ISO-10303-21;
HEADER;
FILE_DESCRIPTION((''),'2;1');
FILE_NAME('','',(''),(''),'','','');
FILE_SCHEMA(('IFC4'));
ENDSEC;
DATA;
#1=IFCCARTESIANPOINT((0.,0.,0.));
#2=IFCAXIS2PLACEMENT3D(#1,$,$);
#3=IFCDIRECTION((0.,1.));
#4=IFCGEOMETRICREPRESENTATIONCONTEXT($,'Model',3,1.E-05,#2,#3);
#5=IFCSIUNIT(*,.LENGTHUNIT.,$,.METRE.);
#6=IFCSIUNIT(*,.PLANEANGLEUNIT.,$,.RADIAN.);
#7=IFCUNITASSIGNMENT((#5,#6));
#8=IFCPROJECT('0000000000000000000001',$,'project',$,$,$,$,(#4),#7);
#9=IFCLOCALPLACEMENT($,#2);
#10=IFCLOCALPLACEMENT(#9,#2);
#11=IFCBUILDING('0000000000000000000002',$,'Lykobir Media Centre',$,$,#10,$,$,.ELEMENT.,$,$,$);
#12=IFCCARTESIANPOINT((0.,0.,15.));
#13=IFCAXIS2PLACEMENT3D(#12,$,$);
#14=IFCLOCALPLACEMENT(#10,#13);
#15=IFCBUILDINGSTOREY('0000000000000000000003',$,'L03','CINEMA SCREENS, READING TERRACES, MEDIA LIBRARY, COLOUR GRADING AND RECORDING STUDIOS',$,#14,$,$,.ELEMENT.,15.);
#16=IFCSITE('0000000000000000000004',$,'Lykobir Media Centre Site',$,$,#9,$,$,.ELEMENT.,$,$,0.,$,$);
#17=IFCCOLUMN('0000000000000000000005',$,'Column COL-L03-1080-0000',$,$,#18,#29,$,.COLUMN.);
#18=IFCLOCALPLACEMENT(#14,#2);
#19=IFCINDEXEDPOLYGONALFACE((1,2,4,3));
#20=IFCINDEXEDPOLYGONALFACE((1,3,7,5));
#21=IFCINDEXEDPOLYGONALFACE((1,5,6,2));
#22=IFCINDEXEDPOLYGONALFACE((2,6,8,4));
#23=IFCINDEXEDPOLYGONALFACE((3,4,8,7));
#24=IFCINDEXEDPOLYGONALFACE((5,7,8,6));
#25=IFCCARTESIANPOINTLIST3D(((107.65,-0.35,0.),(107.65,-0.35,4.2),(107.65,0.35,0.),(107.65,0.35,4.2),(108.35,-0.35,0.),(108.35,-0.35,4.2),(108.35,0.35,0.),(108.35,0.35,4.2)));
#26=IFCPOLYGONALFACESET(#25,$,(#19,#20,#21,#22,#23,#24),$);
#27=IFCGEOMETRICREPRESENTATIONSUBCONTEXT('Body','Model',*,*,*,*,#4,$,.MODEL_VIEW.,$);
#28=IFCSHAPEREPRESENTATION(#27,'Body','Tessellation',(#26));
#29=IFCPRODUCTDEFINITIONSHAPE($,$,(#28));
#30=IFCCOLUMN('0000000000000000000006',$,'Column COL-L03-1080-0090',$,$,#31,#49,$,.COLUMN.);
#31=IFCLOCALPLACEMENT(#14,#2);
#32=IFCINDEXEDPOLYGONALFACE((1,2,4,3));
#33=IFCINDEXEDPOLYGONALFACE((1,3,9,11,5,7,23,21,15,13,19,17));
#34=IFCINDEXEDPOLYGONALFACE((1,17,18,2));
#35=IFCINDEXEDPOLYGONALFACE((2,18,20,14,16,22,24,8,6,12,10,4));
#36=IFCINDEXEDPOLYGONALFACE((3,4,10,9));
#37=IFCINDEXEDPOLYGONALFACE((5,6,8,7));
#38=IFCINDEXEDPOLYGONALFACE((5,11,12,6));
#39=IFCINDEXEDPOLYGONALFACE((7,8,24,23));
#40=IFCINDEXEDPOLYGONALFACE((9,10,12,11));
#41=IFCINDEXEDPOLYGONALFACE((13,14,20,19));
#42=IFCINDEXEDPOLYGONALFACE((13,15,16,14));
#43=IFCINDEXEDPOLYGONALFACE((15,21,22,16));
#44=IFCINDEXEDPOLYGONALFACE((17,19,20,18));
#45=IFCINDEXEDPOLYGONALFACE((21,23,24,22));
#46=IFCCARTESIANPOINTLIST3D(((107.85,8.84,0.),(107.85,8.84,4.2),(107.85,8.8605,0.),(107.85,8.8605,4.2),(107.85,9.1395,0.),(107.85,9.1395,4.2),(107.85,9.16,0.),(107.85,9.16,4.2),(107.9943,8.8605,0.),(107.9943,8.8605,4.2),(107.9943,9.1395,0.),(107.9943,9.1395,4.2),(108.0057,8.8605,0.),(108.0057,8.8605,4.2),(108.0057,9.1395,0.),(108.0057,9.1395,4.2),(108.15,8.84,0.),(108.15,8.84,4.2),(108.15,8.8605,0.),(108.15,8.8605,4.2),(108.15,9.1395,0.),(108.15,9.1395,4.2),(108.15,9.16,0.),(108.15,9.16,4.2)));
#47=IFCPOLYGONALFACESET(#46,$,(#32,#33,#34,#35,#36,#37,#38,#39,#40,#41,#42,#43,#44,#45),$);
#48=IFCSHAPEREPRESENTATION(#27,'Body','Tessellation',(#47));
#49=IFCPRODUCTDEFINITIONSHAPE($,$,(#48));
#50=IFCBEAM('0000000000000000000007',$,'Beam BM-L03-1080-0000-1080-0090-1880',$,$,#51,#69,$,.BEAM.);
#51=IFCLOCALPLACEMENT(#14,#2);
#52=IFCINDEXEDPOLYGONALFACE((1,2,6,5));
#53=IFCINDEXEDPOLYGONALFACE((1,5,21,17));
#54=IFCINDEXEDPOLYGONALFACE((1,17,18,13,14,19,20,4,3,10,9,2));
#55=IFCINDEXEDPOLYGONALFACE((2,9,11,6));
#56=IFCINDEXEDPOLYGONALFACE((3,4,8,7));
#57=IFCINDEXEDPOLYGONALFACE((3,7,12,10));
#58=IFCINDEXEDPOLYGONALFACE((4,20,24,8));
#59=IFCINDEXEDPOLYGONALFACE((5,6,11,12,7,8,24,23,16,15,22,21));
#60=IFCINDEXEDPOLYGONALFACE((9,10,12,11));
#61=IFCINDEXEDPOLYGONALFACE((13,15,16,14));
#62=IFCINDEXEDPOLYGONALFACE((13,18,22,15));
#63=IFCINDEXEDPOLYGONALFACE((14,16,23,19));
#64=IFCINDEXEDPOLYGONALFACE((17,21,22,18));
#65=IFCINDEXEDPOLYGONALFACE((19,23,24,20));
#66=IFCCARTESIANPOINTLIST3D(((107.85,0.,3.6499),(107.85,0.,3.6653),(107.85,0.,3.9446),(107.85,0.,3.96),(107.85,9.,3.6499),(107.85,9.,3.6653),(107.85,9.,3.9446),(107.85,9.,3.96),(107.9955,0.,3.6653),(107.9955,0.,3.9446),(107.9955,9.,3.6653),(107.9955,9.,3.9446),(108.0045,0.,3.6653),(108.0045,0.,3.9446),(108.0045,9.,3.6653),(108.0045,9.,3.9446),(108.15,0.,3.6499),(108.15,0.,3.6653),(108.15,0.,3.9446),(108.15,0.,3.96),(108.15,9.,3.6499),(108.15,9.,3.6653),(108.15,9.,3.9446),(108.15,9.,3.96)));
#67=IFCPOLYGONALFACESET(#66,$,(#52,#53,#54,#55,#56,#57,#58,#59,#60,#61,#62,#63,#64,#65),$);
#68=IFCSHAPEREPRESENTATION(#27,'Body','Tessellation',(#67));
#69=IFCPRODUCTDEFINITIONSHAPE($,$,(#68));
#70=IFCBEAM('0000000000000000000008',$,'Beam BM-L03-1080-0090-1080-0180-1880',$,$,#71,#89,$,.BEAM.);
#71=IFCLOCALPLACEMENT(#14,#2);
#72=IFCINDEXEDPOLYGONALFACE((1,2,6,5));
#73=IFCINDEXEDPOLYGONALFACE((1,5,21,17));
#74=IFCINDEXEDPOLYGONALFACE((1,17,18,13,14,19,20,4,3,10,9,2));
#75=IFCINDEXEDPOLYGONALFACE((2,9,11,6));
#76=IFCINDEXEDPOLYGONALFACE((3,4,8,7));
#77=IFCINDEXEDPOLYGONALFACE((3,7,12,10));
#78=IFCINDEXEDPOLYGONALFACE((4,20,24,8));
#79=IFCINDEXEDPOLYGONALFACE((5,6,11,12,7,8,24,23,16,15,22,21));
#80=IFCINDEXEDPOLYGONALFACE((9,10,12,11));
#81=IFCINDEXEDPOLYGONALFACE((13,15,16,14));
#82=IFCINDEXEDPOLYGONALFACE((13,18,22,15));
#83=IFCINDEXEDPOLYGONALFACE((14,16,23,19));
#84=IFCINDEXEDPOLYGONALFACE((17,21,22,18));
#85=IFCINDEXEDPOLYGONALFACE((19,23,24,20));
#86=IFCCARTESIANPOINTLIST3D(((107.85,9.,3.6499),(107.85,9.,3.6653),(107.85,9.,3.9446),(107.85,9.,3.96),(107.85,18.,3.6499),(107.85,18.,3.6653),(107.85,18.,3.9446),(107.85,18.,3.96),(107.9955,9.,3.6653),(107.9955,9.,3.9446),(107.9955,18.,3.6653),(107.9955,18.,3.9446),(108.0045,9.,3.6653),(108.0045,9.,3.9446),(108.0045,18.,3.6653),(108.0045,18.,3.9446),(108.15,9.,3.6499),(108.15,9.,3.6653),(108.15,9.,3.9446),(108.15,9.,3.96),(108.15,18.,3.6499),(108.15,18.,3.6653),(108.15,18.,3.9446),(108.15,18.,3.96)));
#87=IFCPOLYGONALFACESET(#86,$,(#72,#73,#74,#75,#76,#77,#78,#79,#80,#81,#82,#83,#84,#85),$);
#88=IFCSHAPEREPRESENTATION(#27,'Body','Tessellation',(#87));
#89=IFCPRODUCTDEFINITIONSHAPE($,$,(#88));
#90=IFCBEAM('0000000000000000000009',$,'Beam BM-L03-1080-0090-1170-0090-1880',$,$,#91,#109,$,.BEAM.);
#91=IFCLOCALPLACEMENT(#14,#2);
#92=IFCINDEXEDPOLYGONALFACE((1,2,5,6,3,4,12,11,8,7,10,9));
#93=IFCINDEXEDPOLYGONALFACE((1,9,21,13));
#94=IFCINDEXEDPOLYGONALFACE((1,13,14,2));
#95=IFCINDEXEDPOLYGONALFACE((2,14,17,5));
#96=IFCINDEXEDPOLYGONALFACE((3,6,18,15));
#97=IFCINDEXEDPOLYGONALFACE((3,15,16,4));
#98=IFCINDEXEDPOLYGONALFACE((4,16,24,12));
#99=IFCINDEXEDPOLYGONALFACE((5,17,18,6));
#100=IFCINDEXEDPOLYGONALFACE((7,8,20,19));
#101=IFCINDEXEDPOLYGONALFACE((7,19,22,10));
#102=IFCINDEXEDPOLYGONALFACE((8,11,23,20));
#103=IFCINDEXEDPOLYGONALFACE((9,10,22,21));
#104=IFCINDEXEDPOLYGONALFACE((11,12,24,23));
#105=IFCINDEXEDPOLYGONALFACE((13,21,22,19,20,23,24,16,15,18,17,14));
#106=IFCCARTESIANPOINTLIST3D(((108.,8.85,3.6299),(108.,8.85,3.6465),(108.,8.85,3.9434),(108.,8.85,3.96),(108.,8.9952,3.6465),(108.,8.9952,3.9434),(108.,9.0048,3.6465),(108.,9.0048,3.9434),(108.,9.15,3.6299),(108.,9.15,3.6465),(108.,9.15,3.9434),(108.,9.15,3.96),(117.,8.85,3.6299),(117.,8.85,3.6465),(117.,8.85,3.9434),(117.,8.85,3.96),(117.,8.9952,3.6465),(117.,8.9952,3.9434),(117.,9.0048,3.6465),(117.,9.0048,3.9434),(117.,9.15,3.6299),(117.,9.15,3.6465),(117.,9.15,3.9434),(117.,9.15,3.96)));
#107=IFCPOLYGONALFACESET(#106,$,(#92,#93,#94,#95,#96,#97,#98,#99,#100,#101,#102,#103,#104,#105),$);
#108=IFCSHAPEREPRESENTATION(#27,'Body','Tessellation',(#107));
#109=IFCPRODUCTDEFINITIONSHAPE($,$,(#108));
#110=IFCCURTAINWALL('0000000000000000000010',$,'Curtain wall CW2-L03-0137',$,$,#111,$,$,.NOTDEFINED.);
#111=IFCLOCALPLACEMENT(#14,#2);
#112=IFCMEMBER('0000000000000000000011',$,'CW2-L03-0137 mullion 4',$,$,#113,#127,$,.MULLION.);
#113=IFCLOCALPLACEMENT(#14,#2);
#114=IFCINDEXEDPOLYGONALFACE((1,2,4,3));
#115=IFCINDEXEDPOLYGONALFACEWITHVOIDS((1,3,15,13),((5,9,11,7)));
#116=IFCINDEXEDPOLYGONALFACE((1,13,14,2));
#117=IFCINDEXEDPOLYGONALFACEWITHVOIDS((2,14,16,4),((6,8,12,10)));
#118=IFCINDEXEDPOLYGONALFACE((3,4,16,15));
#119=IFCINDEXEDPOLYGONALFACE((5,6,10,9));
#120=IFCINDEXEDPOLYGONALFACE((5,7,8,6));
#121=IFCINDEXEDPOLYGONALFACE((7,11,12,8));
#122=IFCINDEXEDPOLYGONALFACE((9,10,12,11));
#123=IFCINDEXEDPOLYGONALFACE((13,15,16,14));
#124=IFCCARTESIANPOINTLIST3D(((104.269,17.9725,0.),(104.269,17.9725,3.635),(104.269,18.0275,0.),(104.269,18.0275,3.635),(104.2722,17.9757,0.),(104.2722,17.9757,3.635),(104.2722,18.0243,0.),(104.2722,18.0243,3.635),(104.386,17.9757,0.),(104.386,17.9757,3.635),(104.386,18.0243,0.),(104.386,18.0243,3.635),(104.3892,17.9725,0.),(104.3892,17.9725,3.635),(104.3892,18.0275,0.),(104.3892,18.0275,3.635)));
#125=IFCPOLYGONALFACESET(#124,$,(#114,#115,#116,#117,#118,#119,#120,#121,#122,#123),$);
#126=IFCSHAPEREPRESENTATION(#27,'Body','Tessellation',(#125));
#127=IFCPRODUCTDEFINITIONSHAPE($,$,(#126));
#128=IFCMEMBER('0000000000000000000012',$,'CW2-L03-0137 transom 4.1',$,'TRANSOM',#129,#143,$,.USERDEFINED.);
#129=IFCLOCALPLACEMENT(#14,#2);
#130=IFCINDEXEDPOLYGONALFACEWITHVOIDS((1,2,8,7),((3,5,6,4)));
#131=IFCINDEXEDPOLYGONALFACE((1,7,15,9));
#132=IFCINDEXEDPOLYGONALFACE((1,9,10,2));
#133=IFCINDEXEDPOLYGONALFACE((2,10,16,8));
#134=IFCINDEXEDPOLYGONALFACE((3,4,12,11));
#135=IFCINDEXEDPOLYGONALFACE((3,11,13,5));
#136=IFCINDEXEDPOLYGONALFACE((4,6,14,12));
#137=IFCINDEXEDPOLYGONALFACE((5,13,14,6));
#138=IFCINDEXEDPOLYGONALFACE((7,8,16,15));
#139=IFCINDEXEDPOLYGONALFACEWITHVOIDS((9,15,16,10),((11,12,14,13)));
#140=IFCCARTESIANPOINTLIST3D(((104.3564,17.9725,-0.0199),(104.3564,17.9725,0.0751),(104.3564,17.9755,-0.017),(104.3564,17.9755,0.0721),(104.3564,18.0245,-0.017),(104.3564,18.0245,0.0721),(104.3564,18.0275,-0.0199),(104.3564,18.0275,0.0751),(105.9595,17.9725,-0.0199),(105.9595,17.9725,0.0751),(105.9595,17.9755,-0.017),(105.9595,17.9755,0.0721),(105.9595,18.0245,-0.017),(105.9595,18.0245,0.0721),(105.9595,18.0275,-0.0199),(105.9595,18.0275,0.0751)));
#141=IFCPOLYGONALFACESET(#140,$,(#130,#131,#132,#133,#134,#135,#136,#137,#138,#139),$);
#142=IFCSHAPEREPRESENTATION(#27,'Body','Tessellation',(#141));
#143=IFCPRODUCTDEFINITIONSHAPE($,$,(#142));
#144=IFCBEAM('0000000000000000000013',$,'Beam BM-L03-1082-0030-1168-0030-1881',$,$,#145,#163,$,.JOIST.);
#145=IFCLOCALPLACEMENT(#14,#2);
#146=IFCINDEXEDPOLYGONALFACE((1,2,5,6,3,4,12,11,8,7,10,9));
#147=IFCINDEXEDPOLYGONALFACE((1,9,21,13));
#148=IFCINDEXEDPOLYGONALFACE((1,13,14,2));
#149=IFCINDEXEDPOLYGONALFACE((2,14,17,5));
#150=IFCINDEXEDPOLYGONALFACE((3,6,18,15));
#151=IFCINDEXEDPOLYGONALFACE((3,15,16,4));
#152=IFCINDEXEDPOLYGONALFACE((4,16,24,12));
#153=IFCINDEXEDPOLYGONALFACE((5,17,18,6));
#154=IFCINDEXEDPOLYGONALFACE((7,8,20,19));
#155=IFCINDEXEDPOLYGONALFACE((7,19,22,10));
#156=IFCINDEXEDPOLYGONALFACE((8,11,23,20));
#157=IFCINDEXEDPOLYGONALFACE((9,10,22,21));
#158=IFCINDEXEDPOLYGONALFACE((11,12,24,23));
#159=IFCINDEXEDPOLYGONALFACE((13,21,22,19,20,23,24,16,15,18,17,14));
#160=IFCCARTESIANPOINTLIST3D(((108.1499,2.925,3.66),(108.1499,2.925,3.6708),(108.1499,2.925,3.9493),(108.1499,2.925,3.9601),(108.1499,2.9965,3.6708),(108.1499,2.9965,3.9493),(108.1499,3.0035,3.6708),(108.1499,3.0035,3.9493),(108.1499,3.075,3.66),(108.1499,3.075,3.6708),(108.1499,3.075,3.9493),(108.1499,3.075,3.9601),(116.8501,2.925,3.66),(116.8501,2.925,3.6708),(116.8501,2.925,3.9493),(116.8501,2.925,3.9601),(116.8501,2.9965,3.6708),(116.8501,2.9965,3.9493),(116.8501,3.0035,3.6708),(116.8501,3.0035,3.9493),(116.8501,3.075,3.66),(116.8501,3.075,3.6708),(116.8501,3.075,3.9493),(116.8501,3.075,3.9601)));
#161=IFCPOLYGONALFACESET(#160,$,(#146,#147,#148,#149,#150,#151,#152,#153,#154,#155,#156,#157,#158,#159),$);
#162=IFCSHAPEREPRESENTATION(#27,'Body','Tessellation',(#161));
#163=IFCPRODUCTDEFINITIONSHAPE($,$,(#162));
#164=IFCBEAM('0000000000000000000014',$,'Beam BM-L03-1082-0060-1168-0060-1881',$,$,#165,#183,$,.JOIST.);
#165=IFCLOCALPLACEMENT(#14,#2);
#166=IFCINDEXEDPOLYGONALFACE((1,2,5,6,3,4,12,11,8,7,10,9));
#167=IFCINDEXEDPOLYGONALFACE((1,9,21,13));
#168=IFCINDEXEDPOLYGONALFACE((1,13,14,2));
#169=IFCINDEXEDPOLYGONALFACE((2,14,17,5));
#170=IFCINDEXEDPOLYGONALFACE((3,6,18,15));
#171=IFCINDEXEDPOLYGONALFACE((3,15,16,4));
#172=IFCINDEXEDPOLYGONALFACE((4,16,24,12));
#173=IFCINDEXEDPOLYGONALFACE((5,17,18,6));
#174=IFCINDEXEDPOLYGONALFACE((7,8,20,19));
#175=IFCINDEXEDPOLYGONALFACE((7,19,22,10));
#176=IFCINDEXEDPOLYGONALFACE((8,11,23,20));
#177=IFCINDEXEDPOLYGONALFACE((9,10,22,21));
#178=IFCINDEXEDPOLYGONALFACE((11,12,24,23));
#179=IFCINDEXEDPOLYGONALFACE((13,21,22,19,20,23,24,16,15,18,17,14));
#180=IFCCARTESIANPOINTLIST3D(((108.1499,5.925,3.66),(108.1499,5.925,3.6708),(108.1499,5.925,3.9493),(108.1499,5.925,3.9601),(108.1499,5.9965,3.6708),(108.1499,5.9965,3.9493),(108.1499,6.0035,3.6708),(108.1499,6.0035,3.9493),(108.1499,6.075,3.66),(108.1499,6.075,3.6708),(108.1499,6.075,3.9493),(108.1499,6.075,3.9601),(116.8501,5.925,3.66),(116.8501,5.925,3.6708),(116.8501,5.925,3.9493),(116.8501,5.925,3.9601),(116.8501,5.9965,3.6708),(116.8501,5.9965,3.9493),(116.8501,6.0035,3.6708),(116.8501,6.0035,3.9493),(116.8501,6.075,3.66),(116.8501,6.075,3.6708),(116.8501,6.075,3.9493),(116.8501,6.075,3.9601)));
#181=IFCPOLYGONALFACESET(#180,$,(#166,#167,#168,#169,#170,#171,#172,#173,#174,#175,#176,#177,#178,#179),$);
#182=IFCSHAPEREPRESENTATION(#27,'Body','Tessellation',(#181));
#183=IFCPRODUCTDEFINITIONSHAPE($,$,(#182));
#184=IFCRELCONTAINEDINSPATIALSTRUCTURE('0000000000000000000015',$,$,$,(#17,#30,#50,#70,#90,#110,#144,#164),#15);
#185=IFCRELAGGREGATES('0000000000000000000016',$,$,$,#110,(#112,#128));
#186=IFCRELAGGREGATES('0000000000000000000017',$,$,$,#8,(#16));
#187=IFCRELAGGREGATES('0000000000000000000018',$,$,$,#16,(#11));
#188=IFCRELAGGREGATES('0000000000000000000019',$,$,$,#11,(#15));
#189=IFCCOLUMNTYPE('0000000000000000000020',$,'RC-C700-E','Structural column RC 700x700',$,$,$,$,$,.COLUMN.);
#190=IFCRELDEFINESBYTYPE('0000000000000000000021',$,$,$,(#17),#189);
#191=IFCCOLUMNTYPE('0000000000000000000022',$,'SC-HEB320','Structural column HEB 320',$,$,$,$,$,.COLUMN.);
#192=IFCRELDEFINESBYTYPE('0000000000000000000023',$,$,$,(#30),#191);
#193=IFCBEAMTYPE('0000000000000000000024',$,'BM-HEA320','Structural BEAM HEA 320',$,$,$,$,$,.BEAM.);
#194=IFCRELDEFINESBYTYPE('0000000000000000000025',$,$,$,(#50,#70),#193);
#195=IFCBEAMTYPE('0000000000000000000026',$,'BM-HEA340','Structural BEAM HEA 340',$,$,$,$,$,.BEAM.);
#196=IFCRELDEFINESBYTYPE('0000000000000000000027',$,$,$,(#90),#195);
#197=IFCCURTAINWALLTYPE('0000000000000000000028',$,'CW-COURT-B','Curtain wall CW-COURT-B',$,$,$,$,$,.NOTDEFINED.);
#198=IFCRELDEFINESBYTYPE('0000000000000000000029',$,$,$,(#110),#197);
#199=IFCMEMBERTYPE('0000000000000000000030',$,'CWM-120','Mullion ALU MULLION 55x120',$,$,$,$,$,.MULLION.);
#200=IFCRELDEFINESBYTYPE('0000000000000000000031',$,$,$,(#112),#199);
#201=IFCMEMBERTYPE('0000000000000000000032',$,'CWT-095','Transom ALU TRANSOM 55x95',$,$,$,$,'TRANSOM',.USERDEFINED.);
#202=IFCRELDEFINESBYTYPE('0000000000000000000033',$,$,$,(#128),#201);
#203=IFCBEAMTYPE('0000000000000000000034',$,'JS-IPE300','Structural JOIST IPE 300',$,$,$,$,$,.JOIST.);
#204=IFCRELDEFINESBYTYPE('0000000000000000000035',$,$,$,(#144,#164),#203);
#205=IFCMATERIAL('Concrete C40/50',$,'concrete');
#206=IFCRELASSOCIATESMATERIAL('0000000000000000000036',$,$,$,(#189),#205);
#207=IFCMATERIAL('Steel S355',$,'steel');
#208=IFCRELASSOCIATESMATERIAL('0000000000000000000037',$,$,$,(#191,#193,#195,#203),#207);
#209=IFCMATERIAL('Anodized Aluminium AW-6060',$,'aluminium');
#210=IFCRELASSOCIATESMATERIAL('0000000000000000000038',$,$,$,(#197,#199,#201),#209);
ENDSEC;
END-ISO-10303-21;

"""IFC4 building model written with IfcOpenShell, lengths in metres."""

from ifc_helpers import new_model, si_unit, direction, frame, origin, origin_2d, place, context, subcontext, project, spatial, rectangle, hollow_rectangle, i_section, extrude, material, material_profile, profile_set, type_object, element, aggregate, save


model = new_model("IFC4")

# Units and contexts
model_context = context("Model", 3, precision=1e-05, world=origin(), true_north=direction((0.0, 1.0)))
body_context = subcontext(model_context, "Body", "Model", "MODEL_VIEW")
ifc_project = project(units=[si_unit("LENGTHUNIT", "METRE"), si_unit("PLANEANGLEUNIT", "RADIAN")], contexts=[model_context])

# Site, building, storey
site_placement = place(None, origin())
site = spatial("IfcSite", under=ifc_project, at=site_placement, Name="Lykobir Media Centre Site", CompositionType="ELEMENT", RefElevation=0.0)
building_placement = place(site_placement, origin())
building = spatial("IfcBuilding", under=site, at=building_placement, Name="Lykobir Media Centre", CompositionType="ELEMENT")
storey_placement = place(building_placement, frame((0.0, 0.0, 15.0)))
storey = spatial("IfcBuildingStorey", under=building, at=storey_placement, Name="L03", Description="CINEMA SCREENS, READING TERRACES, MEDIA LIBRARY, COLOUR GRADING AND RECORDING STUDIOS", CompositionType="ELEMENT", Elevation=15.0)

# Columns
ifc_material_1 = material(Name="Concrete C40/50", Category="concrete")
ifc_material_profile_1 = material_profile(ifc_material_1, rectangle(XDim=0.7, YDim=0.7, at=origin_2d()), Name="RC 700x700")
ifc_profile_set_1 = profile_set([ifc_material_profile_1], Name="Concrete C40/50")
column_type_1 = type_object("IfcColumnType", Name="RC-C700-E", Description="Structural column RC 700x700", PredefinedType="COLUMN", material=ifc_profile_set_1)
column_1_placement = place(storey_placement, frame((108.0, 0.0, 0.0), z_axis=(0.0, 0.0, 1.0), x_axis=(1.0, 0.0, 0.0)))
element("IfcColumn", 1, at=column_1_placement, inside=storey, type_object=column_type_1, Name="Column COL-L03-1080-0000", PredefinedType="COLUMN", context=body_context, shape_type="SweptSolid", body=[
    extrude(rectangle(XDim=0.7, YDim=0.7, at=origin_2d()), origin(), (0.0, 0.0, 1.0), 4.2),
])
ifc_material_2 = material(Name="Steel S355", Category="steel")
ifc_material_profile_2 = material_profile(ifc_material_2, i_section(OverallWidth=0.3, OverallDepth=0.3201, WebThickness=0.0115, FlangeThickness=0.0205, at=origin_2d()), Name="HEB 320")
ifc_profile_set_2 = profile_set([ifc_material_profile_2], Name="Steel S355")
column_type_2 = type_object("IfcColumnType", Name="SC-HEB320", Description="Structural column HEB 320", PredefinedType="COLUMN", material=ifc_profile_set_2)
column_2_placement = place(storey_placement, frame((108.0, 9.0, 0.0), z_axis=(0.0, 0.0, 1.0), x_axis=(1.0, 0.0, 0.0)))
element("IfcColumn", 2, at=column_2_placement, inside=storey, type_object=column_type_2, Name="Column COL-L03-1080-0090", PredefinedType="COLUMN", context=body_context, shape_type="SweptSolid", body=[
    extrude(i_section(OverallWidth=0.3, OverallDepth=0.3201, WebThickness=0.0115, FlangeThickness=0.0205, at=origin_2d()), origin(), (0.0, 0.0, 1.0), 4.2),
])

# Beams
ifc_material_profile_3 = material_profile(ifc_material_2, i_section(OverallWidth=0.3, OverallDepth=0.3101, WebThickness=0.009, FlangeThickness=0.0154, at=origin_2d()), Name="HEA 320")
ifc_profile_set_3 = profile_set([ifc_material_profile_3], Name="Steel S355")
beam_type_1 = type_object("IfcBeamType", Name="BM-HEA320", Description="Structural BEAM HEA 320", PredefinedType="BEAM", material=ifc_profile_set_3)
for number, where, z_axis, x_axis, name in (
    (3, (108.0, 0.0, 3.8049), (0.0, 1.0, 0.0), (-1.0, 0.0, 0.0), "Beam BM-L03-1080-0000-1080-0090-1880"),
    (4, (108.0, 9.0, 3.8049), (0.0, 1.0, 0.0), (-1.0, 0.0, 0.0), "Beam BM-L03-1080-0090-1080-0180-1880"),
):
    element("IfcBeam", number, at=place(storey_placement, frame(where, z_axis=z_axis, x_axis=x_axis)), inside=storey, type_object=beam_type_1, Name=name, PredefinedType="BEAM", context=body_context, shape_type="SweptSolid", body=[
        extrude(i_section(OverallWidth=0.3, OverallDepth=0.3101, WebThickness=0.009, FlangeThickness=0.0154, at=origin_2d()), origin(), (0.0, 0.0, 1.0), 9.0),
    ])
ifc_material_profile_4 = material_profile(ifc_material_2, i_section(OverallWidth=0.3, OverallDepth=0.3301, WebThickness=0.0095, FlangeThickness=0.0166, at=origin_2d()), Name="HEA 340")
ifc_profile_set_4 = profile_set([ifc_material_profile_4], Name="Steel S355")
beam_type_2 = type_object("IfcBeamType", Name="BM-HEA340", Description="Structural BEAM HEA 340", PredefinedType="BEAM", material=ifc_profile_set_4)
beam_1_placement = place(storey_placement, frame((108.0, 9.0, 3.7949), z_axis=(1.0, 0.0, 0.0), x_axis=(0.0, 1.0, 0.0)))
element("IfcBeam", 5, at=beam_1_placement, inside=storey, type_object=beam_type_2, Name="Beam BM-L03-1080-0090-1170-0090-1880", PredefinedType="BEAM", context=body_context, shape_type="SweptSolid", body=[
    extrude(i_section(OverallWidth=0.3, OverallDepth=0.3301, WebThickness=0.0095, FlangeThickness=0.0166, at=origin_2d()), origin(), (0.0, 0.0, 1.0), 9.0),
])

# Curtain wall, members
ifc_material_3 = material(Name="Anodized Aluminium AW-6060", Category="aluminium")
curtain_wall_type = type_object("IfcCurtainWallType", Name="CW-COURT-B", Description="Curtain wall CW-COURT-B", PredefinedType="NOTDEFINED", material=ifc_material_3)
curtain_wall_placement = place(storey_placement, origin())
curtain_wall = element("IfcCurtainWall", 6, at=curtain_wall_placement, inside=storey, type_object=curtain_wall_type, Name="Curtain wall CW2-L03-0137", PredefinedType="NOTDEFINED")
ifc_material_profile_5 = material_profile(ifc_material_3, hollow_rectangle(XDim=0.0549, YDim=0.1201, WallThickness=0.0032, at=origin_2d()), Name="ALU MULLION 55x120")
ifc_profile_set_5 = profile_set([ifc_material_profile_5], Name="Anodized Aluminium AW-6060")
member_type_1 = type_object("IfcMemberType", Name="CWM-120", Description="Mullion ALU MULLION 55x120", PredefinedType="MULLION", material=ifc_profile_set_5)
member_1_placement = place(storey_placement, frame((104.3291, 18.0, 0.0), z_axis=(0.0, 0.0, 1.0), x_axis=(0.0, 1.0, 0.0)))
member_1 = element("IfcMember", 7, at=member_1_placement, type_object=member_type_1, Name="CW2-L03-0137 mullion 4", PredefinedType="MULLION", context=body_context, shape_type="SweptSolid", body=[
    extrude(hollow_rectangle(XDim=0.0549, YDim=0.1201, WallThickness=0.0032, at=origin_2d()), origin(), (0.0, 0.0, 1.0), 3.635),
])
ifc_material_profile_6 = material_profile(ifc_material_3, hollow_rectangle(XDim=0.0549, YDim=0.095, WallThickness=0.0029, at=origin_2d()), Name="ALU TRANSOM 55x95")
ifc_profile_set_6 = profile_set([ifc_material_profile_6], Name="Anodized Aluminium AW-6060")
member_type_2 = type_object("IfcMemberType", Name="CWT-095", Description="Transom ALU TRANSOM 55x95", ElementType="TRANSOM", PredefinedType="USERDEFINED", material=ifc_profile_set_6)
member_2_placement = place(storey_placement, frame((104.3564, 18.0, 0.0276), z_axis=(1.0, 0.0, 0.0), x_axis=(0.0, 1.0, 0.0)))
member_2 = element("IfcMember", 8, at=member_2_placement, type_object=member_type_2, Name="CW2-L03-0137 transom 4.1", ObjectType="TRANSOM", PredefinedType="USERDEFINED", context=body_context, shape_type="SweptSolid", body=[
    extrude(hollow_rectangle(XDim=0.0549, YDim=0.095, WallThickness=0.0029, at=origin_2d()), origin(), (0.0, 0.0, 1.0), 1.603),
])

# Beams
ifc_material_profile_7 = material_profile(ifc_material_2, i_section(OverallWidth=0.1499, OverallDepth=0.3, WebThickness=0.0071, FlangeThickness=0.0107, at=origin_2d()), Name="IPE 300")
ifc_profile_set_7 = profile_set([ifc_material_profile_7], Name="Steel S355")
beam_type_3 = type_object("IfcBeamType", Name="JS-IPE300", Description="Structural JOIST IPE 300", PredefinedType="JOIST", material=ifc_profile_set_7)
for number, where, z_axis, x_axis, name in (
    (9, (108.1499, 3.0, 3.8101), (1.0, 0.0, 0.0), (0.0, 1.0, 0.0), "Beam BM-L03-1082-0030-1168-0030-1881"),
    (10, (108.1499, 6.0, 3.8101), (1.0, 0.0, 0.0), (0.0, 1.0, 0.0), "Beam BM-L03-1082-0060-1168-0060-1881"),
):
    element("IfcBeam", number, at=place(storey_placement, frame(where, z_axis=z_axis, x_axis=x_axis)), inside=storey, type_object=beam_type_3, Name=name, PredefinedType="JOIST", context=body_context, shape_type="SweptSolid", body=[
        extrude(i_section(OverallWidth=0.1499, OverallDepth=0.3, WebThickness=0.0071, FlangeThickness=0.0107, at=origin_2d()), origin(), (0.0, 0.0, 1.0), 8.7002),
    ])

aggregate(curtain_wall, [member_1, member_2])

save(model, "model.ifc")
